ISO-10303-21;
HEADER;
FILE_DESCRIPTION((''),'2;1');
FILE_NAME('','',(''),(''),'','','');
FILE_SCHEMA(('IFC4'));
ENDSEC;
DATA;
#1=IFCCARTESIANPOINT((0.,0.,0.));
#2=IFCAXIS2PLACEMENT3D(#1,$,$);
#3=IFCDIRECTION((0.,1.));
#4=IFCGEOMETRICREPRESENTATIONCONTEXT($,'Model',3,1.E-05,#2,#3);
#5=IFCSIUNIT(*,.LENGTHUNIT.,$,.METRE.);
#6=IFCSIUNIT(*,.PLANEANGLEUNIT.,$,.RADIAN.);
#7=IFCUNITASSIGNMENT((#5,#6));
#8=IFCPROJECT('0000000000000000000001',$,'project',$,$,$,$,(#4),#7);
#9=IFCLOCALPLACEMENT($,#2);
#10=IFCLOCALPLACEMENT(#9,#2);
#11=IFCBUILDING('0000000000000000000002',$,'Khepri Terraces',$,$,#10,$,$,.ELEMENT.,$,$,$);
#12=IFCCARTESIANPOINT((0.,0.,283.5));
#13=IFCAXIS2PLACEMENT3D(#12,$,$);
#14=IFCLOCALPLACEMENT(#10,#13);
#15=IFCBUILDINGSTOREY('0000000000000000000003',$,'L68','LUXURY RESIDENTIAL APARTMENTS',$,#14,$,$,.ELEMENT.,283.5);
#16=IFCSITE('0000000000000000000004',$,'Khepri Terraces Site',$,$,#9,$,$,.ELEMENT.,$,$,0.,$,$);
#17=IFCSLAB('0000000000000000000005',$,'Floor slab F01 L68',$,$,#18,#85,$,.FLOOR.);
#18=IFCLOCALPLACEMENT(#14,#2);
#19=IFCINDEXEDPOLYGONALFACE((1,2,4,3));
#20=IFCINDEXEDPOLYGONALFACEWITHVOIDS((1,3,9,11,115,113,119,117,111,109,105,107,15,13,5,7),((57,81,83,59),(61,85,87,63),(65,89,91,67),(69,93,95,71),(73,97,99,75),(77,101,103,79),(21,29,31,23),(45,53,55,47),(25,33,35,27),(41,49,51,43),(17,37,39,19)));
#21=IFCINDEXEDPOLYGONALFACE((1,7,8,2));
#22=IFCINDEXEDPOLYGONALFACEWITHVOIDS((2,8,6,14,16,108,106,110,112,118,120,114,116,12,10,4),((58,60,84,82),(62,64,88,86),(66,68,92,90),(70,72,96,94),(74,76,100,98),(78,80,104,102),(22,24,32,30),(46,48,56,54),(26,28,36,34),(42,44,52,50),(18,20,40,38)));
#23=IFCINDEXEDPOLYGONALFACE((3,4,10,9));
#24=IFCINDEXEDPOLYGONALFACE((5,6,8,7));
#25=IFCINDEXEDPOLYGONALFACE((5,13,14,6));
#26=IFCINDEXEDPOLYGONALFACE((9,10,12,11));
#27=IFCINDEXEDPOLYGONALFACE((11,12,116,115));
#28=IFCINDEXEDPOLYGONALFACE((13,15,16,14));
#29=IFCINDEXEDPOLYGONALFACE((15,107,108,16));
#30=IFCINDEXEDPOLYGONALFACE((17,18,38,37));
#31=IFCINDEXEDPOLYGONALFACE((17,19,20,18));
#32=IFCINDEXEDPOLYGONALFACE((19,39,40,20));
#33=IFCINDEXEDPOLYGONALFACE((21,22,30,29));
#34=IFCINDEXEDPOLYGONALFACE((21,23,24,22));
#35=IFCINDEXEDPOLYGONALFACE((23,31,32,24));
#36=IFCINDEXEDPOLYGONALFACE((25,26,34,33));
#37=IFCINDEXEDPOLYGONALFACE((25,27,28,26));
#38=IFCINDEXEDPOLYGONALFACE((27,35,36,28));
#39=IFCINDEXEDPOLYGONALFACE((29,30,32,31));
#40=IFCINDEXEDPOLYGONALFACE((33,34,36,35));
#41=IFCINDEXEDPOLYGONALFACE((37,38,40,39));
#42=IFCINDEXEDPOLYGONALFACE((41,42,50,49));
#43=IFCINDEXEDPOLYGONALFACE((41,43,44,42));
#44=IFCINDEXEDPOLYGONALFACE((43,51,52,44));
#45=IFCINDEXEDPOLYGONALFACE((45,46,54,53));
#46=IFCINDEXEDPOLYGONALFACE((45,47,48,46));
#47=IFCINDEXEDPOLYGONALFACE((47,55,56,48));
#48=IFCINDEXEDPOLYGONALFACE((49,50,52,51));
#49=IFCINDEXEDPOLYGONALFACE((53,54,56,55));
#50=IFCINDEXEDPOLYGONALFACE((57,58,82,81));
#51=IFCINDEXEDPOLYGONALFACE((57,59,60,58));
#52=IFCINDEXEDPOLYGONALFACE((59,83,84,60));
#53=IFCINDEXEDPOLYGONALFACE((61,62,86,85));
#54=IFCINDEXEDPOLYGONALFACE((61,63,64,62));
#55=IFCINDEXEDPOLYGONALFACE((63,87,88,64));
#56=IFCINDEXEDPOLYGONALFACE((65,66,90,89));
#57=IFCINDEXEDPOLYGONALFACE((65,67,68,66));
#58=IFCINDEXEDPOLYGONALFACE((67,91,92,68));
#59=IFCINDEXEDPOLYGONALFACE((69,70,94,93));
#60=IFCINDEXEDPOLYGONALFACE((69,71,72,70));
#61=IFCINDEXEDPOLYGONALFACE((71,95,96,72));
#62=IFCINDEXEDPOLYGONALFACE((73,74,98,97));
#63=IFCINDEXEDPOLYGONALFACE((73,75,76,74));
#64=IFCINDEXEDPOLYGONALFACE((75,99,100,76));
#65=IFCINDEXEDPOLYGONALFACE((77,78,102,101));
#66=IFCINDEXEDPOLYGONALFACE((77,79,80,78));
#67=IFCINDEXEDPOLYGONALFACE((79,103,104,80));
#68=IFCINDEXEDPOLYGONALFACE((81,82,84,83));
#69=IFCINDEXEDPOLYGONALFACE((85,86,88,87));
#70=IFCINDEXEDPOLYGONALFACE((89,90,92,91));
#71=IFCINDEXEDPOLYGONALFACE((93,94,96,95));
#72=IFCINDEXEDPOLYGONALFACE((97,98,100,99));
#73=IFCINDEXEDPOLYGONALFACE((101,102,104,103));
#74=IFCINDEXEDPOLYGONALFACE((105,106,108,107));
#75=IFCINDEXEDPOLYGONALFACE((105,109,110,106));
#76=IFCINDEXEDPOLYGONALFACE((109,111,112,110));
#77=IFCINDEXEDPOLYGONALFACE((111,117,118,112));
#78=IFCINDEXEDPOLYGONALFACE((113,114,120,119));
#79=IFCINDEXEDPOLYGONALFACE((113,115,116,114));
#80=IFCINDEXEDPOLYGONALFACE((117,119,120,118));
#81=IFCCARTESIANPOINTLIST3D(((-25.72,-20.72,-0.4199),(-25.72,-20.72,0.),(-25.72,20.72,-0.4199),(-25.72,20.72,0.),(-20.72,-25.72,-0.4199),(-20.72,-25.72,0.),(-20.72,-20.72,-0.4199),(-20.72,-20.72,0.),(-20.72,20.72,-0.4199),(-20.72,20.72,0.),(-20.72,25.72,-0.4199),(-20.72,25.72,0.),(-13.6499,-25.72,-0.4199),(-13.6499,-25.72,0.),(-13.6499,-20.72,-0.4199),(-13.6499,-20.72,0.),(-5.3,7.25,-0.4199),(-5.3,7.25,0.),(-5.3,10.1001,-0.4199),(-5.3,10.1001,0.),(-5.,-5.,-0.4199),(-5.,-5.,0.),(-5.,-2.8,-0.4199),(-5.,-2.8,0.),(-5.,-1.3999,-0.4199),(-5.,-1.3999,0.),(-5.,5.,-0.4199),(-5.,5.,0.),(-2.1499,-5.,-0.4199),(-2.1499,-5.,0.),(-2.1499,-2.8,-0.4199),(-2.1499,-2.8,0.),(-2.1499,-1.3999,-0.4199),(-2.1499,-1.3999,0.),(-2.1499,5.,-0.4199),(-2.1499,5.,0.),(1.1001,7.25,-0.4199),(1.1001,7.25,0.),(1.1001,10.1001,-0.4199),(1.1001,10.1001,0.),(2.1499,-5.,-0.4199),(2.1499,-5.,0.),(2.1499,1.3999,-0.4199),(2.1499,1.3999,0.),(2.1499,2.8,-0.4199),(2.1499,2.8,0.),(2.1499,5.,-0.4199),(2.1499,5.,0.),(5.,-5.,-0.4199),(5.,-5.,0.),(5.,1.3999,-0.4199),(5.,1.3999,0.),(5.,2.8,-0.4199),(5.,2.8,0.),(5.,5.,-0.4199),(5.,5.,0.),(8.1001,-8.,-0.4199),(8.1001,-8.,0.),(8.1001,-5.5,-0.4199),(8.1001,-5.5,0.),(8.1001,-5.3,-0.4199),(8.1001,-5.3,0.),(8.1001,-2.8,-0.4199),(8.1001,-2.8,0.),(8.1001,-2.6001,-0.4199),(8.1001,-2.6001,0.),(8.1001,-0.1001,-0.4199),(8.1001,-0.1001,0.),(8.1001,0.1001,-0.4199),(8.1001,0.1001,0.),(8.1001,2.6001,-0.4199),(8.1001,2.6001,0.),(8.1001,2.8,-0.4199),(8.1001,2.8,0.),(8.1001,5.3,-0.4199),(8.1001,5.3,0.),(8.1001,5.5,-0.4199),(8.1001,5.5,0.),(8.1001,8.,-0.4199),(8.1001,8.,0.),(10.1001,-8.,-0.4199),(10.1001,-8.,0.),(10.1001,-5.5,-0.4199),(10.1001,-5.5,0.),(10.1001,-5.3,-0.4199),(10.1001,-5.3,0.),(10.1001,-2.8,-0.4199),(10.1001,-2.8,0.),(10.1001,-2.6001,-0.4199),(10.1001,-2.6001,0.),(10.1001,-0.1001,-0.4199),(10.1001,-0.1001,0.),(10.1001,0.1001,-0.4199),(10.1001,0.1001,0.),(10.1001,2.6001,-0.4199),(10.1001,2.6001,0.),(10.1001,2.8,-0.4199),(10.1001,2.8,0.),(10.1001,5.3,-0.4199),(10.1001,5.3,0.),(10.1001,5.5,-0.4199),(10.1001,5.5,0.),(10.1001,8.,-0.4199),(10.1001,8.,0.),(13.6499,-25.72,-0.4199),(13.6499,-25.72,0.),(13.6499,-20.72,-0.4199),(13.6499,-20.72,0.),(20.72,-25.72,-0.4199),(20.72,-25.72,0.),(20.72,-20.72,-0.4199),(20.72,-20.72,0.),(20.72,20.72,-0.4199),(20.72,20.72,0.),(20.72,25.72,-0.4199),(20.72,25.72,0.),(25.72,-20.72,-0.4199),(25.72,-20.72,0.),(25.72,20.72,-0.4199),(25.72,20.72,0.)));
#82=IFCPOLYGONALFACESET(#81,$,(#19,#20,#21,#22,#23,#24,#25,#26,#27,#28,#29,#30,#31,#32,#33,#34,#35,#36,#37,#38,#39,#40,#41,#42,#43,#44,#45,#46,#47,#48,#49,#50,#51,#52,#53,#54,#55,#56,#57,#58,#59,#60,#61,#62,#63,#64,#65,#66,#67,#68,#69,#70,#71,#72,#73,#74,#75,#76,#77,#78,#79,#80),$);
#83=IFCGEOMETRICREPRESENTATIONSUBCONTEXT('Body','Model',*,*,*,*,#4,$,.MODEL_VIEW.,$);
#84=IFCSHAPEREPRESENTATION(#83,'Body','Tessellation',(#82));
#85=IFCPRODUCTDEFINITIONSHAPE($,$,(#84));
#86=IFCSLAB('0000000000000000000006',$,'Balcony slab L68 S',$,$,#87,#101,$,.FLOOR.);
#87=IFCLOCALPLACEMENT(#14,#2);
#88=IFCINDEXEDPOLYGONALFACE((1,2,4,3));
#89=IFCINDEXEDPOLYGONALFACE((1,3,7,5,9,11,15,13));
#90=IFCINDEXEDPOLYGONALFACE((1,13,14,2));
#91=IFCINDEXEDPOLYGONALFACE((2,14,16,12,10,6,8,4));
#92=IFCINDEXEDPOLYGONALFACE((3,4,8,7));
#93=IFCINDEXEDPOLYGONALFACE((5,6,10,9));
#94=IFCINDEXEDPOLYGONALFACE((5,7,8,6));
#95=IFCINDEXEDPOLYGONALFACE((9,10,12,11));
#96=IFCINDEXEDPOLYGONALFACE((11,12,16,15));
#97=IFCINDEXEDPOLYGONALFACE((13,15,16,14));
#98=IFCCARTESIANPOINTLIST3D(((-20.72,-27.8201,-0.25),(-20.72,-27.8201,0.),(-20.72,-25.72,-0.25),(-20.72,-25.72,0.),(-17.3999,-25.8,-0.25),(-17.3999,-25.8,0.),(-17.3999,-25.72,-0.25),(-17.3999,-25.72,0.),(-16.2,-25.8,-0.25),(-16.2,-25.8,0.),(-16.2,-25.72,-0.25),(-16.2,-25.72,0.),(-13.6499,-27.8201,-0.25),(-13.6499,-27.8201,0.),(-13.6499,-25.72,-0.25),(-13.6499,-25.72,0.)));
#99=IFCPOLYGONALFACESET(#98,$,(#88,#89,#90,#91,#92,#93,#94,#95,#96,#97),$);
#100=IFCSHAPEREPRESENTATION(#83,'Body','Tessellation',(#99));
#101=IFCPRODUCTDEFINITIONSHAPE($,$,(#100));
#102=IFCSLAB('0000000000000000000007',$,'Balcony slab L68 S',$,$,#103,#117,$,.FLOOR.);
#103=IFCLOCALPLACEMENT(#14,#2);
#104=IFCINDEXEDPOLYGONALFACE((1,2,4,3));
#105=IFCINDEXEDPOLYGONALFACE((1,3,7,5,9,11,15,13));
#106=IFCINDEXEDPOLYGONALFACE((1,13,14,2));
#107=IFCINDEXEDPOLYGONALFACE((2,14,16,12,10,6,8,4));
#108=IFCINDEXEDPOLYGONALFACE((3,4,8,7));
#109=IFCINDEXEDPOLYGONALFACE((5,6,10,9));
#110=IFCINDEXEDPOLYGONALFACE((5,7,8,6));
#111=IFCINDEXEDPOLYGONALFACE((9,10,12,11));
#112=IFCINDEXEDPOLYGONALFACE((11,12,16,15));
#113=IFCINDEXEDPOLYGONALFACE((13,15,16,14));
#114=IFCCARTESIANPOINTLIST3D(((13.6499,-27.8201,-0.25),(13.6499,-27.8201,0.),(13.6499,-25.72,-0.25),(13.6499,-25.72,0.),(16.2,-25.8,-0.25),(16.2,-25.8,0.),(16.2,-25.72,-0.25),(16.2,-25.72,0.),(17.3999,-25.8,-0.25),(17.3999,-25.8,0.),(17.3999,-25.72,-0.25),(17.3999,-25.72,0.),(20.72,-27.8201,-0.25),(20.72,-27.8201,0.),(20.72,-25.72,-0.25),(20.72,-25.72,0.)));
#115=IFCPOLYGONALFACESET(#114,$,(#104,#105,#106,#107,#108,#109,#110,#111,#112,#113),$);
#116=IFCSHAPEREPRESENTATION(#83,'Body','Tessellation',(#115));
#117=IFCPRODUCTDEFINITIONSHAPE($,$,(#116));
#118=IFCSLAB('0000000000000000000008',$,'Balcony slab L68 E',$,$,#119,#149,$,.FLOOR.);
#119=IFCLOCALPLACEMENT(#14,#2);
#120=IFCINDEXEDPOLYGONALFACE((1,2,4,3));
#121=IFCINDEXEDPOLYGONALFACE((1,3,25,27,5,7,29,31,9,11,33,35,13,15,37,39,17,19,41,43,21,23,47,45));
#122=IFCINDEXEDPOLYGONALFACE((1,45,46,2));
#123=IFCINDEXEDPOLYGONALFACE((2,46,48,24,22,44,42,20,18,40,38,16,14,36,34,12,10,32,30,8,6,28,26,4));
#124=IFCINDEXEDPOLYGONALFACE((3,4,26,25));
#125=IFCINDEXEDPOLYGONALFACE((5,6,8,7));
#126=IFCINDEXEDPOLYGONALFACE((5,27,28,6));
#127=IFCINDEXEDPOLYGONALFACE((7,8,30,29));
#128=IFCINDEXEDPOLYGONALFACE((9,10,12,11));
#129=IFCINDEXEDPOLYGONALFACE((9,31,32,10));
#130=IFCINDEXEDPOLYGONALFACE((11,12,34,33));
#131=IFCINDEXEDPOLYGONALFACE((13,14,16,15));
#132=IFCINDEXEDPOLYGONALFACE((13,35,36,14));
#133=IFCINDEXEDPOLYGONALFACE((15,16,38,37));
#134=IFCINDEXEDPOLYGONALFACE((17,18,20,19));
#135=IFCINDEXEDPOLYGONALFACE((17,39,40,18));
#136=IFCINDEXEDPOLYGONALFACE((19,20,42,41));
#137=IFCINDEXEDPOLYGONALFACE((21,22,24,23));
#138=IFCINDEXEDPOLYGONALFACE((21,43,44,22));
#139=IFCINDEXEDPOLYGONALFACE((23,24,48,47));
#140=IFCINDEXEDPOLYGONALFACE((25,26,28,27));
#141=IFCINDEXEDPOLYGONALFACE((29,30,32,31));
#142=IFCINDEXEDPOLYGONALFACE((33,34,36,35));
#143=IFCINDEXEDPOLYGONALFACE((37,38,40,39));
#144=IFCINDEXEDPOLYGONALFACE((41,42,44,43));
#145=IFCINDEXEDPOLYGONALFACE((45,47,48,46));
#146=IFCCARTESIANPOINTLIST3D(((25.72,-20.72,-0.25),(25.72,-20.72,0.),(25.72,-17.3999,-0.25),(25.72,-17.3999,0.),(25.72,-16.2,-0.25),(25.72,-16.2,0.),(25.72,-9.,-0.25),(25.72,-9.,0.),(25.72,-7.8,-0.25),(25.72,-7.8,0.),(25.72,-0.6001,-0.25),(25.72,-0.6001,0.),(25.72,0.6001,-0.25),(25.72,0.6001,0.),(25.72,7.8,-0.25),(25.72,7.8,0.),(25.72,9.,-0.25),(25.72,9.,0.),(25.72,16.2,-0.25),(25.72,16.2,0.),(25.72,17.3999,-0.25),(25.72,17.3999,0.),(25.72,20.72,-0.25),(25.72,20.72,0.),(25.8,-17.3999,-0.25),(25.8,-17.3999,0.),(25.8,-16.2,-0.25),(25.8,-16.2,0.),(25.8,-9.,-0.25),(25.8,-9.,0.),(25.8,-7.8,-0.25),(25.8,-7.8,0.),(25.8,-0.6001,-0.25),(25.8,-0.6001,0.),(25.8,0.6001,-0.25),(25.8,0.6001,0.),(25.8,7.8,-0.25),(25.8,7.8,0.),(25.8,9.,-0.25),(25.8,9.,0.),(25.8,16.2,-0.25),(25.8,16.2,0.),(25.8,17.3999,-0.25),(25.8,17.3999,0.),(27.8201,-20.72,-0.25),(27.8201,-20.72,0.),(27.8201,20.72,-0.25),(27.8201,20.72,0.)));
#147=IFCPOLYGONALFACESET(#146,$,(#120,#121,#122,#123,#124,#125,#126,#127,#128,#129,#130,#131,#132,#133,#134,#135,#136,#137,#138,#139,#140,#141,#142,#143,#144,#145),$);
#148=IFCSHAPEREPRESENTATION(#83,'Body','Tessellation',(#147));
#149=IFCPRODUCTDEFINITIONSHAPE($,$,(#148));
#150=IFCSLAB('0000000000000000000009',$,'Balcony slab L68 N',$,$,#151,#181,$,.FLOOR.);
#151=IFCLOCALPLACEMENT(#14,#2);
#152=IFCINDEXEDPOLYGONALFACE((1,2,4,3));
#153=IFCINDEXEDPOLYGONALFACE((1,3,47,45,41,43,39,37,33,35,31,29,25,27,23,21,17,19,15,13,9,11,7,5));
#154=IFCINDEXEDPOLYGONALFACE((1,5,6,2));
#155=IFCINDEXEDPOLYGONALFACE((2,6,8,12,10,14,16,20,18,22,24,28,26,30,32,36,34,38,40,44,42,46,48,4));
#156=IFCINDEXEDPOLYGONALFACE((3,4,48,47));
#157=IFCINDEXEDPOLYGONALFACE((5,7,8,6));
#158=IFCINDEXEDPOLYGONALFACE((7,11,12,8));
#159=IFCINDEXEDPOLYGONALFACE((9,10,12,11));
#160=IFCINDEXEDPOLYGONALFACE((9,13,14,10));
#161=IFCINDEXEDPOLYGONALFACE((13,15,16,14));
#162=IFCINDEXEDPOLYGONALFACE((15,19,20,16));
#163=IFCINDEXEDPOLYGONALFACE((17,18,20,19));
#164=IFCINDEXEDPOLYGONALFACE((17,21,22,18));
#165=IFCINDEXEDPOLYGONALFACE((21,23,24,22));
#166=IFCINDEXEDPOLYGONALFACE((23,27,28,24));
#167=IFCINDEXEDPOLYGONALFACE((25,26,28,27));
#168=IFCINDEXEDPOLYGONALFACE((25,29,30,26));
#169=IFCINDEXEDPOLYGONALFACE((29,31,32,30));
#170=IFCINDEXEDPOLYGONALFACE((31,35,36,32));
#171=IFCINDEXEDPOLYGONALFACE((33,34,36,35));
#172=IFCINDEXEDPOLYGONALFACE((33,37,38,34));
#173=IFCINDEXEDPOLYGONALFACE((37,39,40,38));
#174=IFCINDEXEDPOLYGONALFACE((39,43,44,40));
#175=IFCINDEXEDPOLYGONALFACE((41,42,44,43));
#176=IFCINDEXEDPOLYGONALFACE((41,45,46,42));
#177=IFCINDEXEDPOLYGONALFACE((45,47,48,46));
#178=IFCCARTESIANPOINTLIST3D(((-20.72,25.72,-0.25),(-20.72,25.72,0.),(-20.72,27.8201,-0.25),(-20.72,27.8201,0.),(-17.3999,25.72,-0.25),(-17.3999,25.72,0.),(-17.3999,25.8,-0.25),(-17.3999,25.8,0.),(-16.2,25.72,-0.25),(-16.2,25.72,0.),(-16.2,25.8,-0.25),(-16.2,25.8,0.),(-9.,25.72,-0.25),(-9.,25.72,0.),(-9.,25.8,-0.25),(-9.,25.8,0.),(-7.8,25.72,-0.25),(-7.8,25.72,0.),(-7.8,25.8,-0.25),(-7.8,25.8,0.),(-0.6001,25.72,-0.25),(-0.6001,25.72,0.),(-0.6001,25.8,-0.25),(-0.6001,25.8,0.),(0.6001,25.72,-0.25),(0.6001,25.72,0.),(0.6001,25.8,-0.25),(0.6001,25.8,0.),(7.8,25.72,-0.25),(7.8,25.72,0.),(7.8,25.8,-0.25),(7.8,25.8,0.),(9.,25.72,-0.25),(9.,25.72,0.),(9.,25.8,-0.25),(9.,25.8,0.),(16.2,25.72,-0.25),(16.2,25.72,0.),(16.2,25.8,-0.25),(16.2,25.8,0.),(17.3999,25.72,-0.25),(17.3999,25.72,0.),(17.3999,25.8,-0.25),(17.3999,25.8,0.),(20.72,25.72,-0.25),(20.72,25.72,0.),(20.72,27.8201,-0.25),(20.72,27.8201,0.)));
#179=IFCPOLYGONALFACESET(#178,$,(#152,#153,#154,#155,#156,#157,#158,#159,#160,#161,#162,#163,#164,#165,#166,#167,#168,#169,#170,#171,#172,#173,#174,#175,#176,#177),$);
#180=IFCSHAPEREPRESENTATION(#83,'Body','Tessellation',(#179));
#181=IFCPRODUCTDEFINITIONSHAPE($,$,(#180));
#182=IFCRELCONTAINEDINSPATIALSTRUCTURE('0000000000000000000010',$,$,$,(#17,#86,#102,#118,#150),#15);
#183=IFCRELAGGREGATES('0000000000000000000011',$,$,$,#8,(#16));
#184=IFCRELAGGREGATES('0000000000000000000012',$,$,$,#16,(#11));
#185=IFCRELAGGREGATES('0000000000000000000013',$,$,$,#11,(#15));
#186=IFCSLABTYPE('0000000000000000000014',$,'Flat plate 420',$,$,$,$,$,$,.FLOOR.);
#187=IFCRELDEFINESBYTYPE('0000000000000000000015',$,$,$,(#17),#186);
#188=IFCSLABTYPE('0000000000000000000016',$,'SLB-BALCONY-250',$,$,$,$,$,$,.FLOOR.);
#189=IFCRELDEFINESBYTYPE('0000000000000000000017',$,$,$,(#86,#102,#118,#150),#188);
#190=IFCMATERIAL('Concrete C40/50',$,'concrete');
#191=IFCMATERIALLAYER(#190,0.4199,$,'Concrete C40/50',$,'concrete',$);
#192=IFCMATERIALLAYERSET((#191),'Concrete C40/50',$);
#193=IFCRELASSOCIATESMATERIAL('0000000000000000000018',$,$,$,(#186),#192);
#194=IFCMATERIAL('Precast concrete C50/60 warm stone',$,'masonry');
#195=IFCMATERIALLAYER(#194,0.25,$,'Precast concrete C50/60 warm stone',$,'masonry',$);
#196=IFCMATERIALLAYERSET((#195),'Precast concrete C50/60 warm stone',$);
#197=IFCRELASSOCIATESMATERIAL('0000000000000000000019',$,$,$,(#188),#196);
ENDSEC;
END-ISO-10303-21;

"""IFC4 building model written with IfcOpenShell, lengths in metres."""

from ifc_helpers import new_model, si_unit, direction, frame, origin, place, context, subcontext, project, spatial, polyline, outline, extrude, material, layer, layer_set, type_object, element, save


model = new_model("IFC4")

# Units and contexts
model_context = context("Model", 3, precision=1e-05, world=origin(), true_north=direction((0.0, 1.0)))
body_context = subcontext(model_context, "Body", "Model", "MODEL_VIEW")
ifc_project = project(units=[si_unit("LENGTHUNIT", "METRE"), si_unit("PLANEANGLEUNIT", "RADIAN")], contexts=[model_context])

# Site, building, storey
site_placement = place(None, origin())
site = spatial("IfcSite", under=ifc_project, at=site_placement, Name="Khepri Terraces Site", CompositionType="ELEMENT", RefElevation=0.0)
building_placement = place(site_placement, origin())
building = spatial("IfcBuilding", under=site, at=building_placement, Name="Khepri Terraces", CompositionType="ELEMENT")
storey_placement = place(building_placement, frame((0.0, 0.0, 283.5)))
storey = spatial("IfcBuildingStorey", under=building, at=storey_placement, Name="L68", Description="LUXURY RESIDENTIAL APARTMENTS", CompositionType="ELEMENT", Elevation=283.5)

# Slabs
ifc_material_1 = material(Name="Concrete C40/50", Category="concrete")
ifc_layer_1 = layer(ifc_material_1, 0.4199, Name="Concrete C40/50", Category="concrete")
ifc_layer_set_1 = layer_set([ifc_layer_1], Name="Concrete C40/50")
slab_type_1 = type_object("IfcSlabType", Name="Flat plate 420", PredefinedType="FLOOR", material=ifc_layer_set_1)
slab_1_placement = place(storey_placement, frame((0.0, 0.0, -0.4199)))
element("IfcSlab", 1, at=slab_1_placement, inside=storey, type_object=slab_type_1, Name="Floor slab F01 L68", PredefinedType="FLOOR", context=body_context, shape_type="SweptSolid", body=[
    extrude(outline(polyline([(-20.72, 25.72), (20.72, 25.72), (20.72, 20.72), (25.72, 20.72), (25.72, -20.72), (20.72, -20.72), (20.72, -25.72), (13.6499, -25.72), (13.6499, -20.72), (-13.6499, -20.72), (-13.6499, -25.72), (-20.72, -25.72), (-20.72, -20.72), (-25.72, -20.72), (-25.72, 20.72), (-20.72, 20.72), (-20.72, 25.72)]), holes=[polyline([(2.1499, 2.8), (5.0, 2.8), (5.0, 5.0), (2.1499, 5.0), (2.1499, 2.8)]), polyline([(-5.0, -2.8), (-5.0, -5.0), (-2.1499, -5.0), (-2.1499, -2.8), (-5.0, -2.8)]), polyline([(10.1001, -5.5), (8.1001, -5.5), (8.1001, -8.0), (10.1001, -8.0), (10.1001, -5.5)]), polyline([(10.1001, -5.3), (10.1001, -2.8), (8.1001, -2.8), (8.1001, -5.3), (10.1001, -5.3)]), polyline([(8.1001, -2.6001), (10.1001, -2.6001), (10.1001, -0.1001), (8.1001, -0.1001), (8.1001, -2.6001)]), polyline([(8.1001, 2.6001), (8.1001, 0.1001), (10.1001, 0.1001), (10.1001, 2.6001), (8.1001, 2.6001)]), polyline([(10.1001, 5.3), (8.1001, 5.3), (8.1001, 2.8), (10.1001, 2.8), (10.1001, 5.3)]), polyline([(10.1001, 5.5), (10.1001, 8.0), (8.1001, 8.0), (8.1001, 5.5), (10.1001, 5.5)]), polyline([(-5.0, -1.3999), (-2.1499, -1.3999), (-2.1499, 5.0), (-5.0, 5.0), (-5.0, -1.3999)]), polyline([(5.0, -5.0), (5.0, 1.3999), (2.1499, 1.3999), (2.1499, -5.0), (5.0, -5.0)]), polyline([(-5.3, 10.1001), (-5.3, 7.25), (1.1001, 7.25), (1.1001, 10.1001), (-5.3, 10.1001)])]), origin(), (0.0, 0.0, 1.0), 0.4199),
])
ifc_material_2 = material(Name="Precast concrete C50/60 warm stone", Category="masonry")
ifc_layer_2 = layer(ifc_material_2, 0.25, Name="Precast concrete C50/60 warm stone", Category="masonry")
ifc_layer_set_2 = layer_set([ifc_layer_2], Name="Precast concrete C50/60 warm stone")
slab_type_2 = type_object("IfcSlabType", Name="SLB-BALCONY-250", PredefinedType="FLOOR", material=ifc_layer_set_2)
slab_2_placement = place(storey_placement, frame((0.0, 0.0, -0.25)))
element("IfcSlab", 2, at=slab_2_placement, inside=storey, type_object=slab_type_2, Name="Balcony slab L68 S", PredefinedType="FLOOR", context=body_context, shape_type="SweptSolid", body=[
    extrude(outline(polyline([(-17.3999, -25.72), (-20.72, -25.72), (-20.72, -27.8201), (-13.6499, -27.8201), (-13.6499, -25.72), (-16.2, -25.72), (-16.2, -25.8), (-17.3999, -25.8), (-17.3999, -25.72)])), origin(), (0.0, 0.0, 1.0), 0.25),
])
slab_3_placement = place(storey_placement, frame((0.0, 0.0, -0.25)))
element("IfcSlab", 3, at=slab_3_placement, inside=storey, type_object=slab_type_2, Name="Balcony slab L68 S", PredefinedType="FLOOR", context=body_context, shape_type="SweptSolid", body=[
    extrude(outline(polyline([(16.2, -25.72), (13.6499, -25.72), (13.6499, -27.8201), (20.72, -27.8201), (20.72, -25.72), (17.3999, -25.72), (17.3999, -25.8), (16.2, -25.8), (16.2, -25.72)])), origin(), (0.0, 0.0, 1.0), 0.25),
])
slab_4_placement = place(storey_placement, frame((0.0, 0.0, -0.25)))
element("IfcSlab", 4, at=slab_4_placement, inside=storey, type_object=slab_type_2, Name="Balcony slab L68 E", PredefinedType="FLOOR", context=body_context, shape_type="SweptSolid", body=[
    extrude(outline(polyline([(25.72, -17.3999), (25.72, -20.72), (27.8201, -20.72), (27.8201, 20.72), (25.72, 20.72), (25.72, 17.3999), (25.8, 17.3999), (25.8, 16.2), (25.72, 16.2), (25.72, 9.0), (25.8, 9.0), (25.8, 7.8), (25.72, 7.8), (25.72, 0.6001), (25.8, 0.6001), (25.8, -0.6001), (25.72, -0.6001), (25.72, -7.8), (25.8, -7.8), (25.8, -9.0), (25.72, -9.0), (25.72, -16.2), (25.8, -16.2), (25.8, -17.3999), (25.72, -17.3999)])), origin(), (0.0, 0.0, 1.0), 0.25),
])
slab_5_placement = place(storey_placement, frame((0.0, 0.0, -0.25)))
element("IfcSlab", 5, at=slab_5_placement, inside=storey, type_object=slab_type_2, Name="Balcony slab L68 N", PredefinedType="FLOOR", context=body_context, shape_type="SweptSolid", body=[
    extrude(outline(polyline([(17.3999, 25.72), (20.72, 25.72), (20.72, 27.8201), (-20.72, 27.8201), (-20.72, 25.72), (-17.3999, 25.72), (-17.3999, 25.8), (-16.2, 25.8), (-16.2, 25.72), (-9.0, 25.72), (-9.0, 25.8), (-7.8, 25.8), (-7.8, 25.72), (-0.6001, 25.72), (-0.6001, 25.8), (0.6001, 25.8), (0.6001, 25.72), (7.8, 25.72), (7.8, 25.8), (9.0, 25.8), (9.0, 25.72), (16.2, 25.72), (16.2, 25.8), (17.3999, 25.8), (17.3999, 25.72)])), origin(), (0.0, 0.0, 1.0), 0.25),
])

save(model, "model.ifc")
